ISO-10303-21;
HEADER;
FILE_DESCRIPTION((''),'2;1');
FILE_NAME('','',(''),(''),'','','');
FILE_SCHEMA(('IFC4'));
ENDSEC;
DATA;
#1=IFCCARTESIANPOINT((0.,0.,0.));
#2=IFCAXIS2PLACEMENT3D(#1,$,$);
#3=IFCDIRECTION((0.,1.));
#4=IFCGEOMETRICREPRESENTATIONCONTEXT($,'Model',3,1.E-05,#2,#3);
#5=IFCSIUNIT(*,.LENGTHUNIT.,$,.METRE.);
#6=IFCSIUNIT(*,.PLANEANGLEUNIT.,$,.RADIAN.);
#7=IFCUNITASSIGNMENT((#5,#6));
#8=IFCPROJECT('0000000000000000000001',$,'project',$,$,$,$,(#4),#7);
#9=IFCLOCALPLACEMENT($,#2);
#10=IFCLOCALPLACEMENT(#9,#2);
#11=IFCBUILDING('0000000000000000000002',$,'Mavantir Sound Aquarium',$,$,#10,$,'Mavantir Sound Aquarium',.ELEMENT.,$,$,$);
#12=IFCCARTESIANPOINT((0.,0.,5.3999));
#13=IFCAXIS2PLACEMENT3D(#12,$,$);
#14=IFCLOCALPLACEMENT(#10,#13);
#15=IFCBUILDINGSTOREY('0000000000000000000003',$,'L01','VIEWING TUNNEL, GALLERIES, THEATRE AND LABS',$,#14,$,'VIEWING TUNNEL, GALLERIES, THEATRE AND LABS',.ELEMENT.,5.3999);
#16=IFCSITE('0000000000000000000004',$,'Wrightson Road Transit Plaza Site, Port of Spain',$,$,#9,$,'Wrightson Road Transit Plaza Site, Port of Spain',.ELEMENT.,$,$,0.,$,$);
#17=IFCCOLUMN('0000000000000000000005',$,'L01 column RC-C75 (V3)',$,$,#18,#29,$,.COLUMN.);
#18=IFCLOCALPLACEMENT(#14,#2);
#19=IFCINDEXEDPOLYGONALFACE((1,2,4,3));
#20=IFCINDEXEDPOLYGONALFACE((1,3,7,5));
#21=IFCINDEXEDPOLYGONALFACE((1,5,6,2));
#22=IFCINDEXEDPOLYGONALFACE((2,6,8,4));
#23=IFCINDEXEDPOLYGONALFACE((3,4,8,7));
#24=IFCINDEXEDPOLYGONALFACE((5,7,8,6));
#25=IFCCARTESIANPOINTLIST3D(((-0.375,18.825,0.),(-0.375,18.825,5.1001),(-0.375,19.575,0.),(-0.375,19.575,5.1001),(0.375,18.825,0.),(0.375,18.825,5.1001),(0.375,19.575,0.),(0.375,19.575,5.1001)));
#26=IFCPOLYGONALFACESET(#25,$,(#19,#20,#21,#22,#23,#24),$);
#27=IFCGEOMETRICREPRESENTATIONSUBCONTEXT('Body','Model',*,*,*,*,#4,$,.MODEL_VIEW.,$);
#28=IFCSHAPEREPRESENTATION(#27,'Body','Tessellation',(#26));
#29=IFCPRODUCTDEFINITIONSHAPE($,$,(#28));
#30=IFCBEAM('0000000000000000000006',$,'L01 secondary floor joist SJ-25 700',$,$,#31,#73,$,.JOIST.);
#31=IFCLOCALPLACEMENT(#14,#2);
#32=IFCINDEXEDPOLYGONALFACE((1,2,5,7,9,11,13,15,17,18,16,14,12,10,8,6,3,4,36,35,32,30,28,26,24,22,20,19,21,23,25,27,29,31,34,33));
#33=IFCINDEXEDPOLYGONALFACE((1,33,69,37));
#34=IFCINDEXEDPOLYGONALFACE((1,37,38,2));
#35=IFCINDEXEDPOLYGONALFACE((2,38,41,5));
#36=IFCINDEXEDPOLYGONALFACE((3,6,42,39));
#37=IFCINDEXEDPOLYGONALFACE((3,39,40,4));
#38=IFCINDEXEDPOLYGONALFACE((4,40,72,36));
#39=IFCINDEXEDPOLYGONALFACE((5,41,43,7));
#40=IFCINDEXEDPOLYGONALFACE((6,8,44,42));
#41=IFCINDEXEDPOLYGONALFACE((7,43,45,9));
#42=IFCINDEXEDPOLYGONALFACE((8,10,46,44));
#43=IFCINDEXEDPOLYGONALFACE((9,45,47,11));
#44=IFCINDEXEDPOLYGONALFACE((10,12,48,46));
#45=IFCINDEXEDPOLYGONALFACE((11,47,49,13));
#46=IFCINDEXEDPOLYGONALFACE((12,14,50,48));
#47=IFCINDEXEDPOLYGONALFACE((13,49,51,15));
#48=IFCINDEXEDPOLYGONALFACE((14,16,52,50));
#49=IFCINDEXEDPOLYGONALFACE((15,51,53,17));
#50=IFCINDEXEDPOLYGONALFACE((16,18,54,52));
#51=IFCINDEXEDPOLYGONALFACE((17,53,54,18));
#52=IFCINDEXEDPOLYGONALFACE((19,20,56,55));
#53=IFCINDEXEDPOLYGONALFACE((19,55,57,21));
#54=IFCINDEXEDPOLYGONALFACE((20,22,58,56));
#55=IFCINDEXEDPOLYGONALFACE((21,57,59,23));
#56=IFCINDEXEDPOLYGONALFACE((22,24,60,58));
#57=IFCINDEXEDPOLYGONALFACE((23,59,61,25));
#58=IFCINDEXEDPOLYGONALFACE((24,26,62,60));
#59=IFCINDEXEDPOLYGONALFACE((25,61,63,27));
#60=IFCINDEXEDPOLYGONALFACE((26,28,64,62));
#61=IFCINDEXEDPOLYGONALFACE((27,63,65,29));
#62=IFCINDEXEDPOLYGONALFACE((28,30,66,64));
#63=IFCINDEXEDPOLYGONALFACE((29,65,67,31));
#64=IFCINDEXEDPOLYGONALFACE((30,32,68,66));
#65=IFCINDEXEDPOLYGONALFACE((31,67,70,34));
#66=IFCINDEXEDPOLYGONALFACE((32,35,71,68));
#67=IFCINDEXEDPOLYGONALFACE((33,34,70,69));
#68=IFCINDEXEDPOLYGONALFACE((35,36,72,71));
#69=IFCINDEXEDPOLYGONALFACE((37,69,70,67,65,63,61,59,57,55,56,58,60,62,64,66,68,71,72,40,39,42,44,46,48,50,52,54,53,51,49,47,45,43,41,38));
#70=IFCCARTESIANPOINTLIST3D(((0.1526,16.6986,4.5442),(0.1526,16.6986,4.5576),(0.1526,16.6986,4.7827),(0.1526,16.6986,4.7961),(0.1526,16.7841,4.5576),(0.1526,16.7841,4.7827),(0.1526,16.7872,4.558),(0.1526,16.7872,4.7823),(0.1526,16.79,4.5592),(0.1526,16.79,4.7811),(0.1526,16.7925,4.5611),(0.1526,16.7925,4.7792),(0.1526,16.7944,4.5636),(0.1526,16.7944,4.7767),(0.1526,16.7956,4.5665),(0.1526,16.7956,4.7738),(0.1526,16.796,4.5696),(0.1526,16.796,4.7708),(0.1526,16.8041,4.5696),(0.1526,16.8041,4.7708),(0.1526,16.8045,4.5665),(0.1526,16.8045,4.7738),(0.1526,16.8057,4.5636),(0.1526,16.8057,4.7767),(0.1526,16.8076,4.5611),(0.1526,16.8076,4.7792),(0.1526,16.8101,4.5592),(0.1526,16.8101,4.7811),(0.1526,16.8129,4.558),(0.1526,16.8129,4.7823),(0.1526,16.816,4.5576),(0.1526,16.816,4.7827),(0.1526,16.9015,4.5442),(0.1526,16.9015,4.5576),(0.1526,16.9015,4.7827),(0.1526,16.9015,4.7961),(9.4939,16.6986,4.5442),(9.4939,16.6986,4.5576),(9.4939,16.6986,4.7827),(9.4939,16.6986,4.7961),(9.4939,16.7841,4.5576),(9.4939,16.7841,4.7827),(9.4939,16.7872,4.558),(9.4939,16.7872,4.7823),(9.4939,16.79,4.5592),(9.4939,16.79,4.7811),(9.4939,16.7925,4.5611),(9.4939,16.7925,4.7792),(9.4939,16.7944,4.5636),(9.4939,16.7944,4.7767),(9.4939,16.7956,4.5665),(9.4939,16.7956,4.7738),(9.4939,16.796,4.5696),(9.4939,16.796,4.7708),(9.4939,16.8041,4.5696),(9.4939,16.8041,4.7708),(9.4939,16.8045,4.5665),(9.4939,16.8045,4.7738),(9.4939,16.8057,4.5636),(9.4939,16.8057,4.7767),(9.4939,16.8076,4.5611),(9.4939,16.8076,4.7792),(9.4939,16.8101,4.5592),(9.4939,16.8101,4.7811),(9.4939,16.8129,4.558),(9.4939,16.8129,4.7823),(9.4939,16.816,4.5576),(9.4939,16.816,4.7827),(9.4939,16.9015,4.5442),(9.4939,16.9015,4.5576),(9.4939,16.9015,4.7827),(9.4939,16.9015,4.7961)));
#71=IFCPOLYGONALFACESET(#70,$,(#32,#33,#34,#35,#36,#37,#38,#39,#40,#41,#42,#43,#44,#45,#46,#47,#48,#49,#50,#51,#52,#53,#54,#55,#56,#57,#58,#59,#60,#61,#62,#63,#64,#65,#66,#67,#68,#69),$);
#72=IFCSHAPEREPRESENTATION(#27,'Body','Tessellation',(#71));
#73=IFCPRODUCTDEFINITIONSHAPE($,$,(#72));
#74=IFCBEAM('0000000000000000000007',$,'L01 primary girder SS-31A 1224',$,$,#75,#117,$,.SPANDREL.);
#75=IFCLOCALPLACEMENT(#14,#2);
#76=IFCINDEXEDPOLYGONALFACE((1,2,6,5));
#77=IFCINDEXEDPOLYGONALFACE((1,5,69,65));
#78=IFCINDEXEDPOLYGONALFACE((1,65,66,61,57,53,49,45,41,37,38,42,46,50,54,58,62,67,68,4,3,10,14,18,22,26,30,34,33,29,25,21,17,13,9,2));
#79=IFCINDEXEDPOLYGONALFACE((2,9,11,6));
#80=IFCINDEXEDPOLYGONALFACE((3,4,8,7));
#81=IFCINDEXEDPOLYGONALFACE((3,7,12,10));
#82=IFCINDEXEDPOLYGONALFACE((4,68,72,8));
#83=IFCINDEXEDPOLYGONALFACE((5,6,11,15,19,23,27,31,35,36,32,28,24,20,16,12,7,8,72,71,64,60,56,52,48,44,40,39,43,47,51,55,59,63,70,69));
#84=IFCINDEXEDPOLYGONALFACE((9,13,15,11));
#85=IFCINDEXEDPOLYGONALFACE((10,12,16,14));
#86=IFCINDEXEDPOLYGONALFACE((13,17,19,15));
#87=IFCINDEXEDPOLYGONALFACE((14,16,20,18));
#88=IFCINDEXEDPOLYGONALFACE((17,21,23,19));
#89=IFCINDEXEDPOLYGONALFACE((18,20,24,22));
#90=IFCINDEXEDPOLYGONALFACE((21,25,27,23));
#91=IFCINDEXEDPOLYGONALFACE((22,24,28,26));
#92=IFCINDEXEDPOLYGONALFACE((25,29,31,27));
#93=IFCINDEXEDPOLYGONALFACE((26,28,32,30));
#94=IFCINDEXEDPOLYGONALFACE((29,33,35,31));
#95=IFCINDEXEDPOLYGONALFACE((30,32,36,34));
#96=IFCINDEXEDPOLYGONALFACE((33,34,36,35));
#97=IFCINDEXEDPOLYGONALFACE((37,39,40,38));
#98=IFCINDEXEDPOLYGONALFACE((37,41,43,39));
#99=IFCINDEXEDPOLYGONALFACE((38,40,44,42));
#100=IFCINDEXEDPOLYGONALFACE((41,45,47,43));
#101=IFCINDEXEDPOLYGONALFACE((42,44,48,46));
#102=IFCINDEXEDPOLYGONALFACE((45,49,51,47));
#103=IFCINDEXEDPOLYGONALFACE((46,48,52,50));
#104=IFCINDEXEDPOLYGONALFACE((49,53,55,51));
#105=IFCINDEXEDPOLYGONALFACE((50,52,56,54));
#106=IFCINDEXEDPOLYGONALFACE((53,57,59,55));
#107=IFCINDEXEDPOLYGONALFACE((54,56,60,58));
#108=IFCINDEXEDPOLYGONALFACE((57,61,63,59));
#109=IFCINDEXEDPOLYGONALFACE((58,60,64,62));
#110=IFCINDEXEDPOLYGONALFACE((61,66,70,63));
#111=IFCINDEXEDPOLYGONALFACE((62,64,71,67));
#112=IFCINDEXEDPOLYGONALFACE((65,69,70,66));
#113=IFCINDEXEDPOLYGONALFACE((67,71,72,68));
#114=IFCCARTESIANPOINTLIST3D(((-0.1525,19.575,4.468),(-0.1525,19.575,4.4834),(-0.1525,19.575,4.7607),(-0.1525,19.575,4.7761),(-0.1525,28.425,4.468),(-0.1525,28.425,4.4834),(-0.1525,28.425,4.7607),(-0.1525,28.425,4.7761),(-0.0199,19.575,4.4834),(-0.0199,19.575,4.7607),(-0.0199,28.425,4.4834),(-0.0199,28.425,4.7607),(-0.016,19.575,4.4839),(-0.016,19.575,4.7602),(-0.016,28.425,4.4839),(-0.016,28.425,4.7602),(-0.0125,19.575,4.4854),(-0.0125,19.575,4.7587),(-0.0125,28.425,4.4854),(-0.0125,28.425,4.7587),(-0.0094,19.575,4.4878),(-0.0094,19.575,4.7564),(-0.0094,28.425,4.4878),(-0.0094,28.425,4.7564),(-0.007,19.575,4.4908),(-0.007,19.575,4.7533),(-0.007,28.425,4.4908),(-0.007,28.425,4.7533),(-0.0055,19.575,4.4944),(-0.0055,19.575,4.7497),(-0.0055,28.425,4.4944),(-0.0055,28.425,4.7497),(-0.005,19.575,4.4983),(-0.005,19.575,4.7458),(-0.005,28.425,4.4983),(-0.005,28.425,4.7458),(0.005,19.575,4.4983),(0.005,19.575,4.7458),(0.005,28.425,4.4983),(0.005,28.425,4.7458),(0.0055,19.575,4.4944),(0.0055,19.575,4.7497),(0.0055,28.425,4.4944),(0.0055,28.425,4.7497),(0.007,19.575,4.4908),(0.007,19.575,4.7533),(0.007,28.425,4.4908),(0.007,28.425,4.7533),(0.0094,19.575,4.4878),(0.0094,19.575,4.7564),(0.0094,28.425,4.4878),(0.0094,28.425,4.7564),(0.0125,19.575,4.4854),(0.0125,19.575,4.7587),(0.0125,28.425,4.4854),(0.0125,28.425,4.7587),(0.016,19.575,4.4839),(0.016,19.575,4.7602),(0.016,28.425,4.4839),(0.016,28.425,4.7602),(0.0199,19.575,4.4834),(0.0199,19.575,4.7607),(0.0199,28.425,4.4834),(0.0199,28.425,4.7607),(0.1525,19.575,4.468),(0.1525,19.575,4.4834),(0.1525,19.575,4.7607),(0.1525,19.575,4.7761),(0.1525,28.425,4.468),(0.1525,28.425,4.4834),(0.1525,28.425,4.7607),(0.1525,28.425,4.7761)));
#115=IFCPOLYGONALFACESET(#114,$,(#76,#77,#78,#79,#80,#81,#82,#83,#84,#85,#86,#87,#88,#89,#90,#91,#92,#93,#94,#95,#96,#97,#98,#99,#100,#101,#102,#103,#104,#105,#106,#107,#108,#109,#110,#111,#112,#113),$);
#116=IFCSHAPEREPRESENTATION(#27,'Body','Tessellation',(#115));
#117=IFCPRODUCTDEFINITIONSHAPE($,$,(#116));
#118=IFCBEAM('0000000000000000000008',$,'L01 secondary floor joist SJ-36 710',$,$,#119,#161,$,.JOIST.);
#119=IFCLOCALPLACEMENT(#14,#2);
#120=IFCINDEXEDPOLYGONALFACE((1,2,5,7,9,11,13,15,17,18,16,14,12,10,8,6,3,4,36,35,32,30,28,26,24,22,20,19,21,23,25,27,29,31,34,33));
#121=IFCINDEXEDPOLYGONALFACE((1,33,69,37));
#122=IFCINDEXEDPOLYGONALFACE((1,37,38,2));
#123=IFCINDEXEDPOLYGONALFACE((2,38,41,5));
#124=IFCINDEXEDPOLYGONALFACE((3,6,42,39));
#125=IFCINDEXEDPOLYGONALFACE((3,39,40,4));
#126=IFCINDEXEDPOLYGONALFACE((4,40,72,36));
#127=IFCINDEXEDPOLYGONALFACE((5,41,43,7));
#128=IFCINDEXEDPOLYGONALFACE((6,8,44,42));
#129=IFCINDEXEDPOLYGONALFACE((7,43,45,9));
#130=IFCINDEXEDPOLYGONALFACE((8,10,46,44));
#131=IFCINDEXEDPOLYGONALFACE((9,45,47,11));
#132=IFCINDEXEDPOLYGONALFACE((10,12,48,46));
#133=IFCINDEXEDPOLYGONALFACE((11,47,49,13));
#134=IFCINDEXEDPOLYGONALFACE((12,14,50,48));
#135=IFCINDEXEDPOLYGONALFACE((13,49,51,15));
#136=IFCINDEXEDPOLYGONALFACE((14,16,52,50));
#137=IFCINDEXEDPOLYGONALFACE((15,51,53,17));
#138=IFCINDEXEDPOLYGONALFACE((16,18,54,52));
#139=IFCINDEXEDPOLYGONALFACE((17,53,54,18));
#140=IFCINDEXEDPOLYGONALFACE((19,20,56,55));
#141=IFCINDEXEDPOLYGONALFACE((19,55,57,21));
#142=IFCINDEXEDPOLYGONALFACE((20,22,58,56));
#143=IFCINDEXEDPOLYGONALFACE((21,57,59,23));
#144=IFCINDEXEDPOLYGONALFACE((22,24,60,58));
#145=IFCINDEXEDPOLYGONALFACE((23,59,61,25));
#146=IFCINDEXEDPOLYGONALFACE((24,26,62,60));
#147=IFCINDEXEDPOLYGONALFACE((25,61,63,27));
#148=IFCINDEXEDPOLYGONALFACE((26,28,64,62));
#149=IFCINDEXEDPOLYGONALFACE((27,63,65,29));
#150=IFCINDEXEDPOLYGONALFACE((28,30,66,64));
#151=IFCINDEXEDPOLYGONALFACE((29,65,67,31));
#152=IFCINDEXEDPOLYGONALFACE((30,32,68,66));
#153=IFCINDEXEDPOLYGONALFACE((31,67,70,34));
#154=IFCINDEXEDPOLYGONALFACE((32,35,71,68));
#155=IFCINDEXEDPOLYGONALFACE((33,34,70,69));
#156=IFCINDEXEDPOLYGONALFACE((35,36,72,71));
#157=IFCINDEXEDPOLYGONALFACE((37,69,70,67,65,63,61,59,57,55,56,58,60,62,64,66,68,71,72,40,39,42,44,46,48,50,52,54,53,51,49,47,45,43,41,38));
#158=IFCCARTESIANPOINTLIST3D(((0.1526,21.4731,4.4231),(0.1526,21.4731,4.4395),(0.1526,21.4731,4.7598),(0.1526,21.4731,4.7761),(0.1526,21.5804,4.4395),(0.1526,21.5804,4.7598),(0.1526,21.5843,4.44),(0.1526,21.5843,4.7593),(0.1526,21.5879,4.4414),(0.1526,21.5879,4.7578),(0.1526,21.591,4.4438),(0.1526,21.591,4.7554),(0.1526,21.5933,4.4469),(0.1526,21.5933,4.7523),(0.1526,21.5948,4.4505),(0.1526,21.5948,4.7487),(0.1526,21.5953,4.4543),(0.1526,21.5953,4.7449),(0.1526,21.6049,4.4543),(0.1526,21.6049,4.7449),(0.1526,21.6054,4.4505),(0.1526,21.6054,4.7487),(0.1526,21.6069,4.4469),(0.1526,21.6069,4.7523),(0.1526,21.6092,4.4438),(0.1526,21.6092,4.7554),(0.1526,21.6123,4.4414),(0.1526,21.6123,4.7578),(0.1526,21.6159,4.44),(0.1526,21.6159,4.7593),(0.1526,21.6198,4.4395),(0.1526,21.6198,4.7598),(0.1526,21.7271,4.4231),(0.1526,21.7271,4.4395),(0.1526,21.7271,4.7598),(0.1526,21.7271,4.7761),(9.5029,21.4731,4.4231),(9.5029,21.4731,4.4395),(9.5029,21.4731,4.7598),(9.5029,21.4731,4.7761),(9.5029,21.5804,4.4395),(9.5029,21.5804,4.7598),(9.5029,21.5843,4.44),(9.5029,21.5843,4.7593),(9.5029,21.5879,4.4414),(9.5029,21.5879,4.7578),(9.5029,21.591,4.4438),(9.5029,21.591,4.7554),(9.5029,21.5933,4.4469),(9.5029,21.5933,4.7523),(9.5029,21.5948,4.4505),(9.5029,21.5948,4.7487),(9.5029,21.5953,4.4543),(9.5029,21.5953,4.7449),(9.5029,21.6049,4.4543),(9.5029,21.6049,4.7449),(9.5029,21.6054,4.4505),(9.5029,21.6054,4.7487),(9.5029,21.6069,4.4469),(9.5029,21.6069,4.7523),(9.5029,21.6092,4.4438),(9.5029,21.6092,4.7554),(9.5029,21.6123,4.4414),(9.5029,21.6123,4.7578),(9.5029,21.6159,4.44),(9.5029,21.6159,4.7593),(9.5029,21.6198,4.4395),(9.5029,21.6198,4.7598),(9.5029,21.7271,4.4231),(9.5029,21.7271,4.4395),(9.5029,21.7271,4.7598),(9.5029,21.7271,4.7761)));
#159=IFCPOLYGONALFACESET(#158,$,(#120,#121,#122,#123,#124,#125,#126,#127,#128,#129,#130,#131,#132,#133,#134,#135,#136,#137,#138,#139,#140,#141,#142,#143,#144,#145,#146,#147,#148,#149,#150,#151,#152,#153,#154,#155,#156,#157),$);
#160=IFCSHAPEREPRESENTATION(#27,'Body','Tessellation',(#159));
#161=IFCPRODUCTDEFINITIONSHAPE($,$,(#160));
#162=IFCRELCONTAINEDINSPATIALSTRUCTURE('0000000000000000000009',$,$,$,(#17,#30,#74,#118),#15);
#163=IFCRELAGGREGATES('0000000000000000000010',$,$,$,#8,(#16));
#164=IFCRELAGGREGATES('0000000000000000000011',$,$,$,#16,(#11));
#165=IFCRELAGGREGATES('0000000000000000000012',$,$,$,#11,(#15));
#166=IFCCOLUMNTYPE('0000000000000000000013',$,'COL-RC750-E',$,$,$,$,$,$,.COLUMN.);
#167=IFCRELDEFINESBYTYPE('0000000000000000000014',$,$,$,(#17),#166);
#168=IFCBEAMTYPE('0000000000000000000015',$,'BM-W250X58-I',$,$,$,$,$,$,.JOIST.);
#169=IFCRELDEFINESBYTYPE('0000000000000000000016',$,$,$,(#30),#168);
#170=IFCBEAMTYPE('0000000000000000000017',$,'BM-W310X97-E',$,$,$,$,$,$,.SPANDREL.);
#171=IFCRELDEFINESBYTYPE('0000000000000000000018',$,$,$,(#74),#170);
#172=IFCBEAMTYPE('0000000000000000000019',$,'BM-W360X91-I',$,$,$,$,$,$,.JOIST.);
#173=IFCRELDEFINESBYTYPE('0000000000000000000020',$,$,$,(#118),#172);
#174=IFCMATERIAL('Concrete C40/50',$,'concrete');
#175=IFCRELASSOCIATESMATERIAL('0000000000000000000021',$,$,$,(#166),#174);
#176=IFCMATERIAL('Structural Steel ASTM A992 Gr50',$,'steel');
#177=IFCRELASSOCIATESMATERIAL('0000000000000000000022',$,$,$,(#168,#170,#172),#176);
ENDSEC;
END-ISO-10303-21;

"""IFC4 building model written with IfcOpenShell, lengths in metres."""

from ifc_helpers import new_model, si_unit, direction, frame, origin, origin_2d, place, context, subcontext, project, spatial, rectangle, i_section, extrude, material, material_profile, profile_set, type_object, element, save


model = new_model("IFC4")

# Units and contexts
model_context = context("Model", 3, precision=1e-05, world=origin(), true_north=direction((0.0, 1.0)))
body_context = subcontext(model_context, "Body", "Model", "MODEL_VIEW")
ifc_project = project(units=[si_unit("LENGTHUNIT", "METRE"), si_unit("PLANEANGLEUNIT", "RADIAN")], contexts=[model_context])

# Site, building, storey
site_placement = place(None, origin())
site = spatial("IfcSite", under=ifc_project, at=site_placement, Name="Wrightson Road Transit Plaza Site, Port of Spain", LongName="Wrightson Road Transit Plaza Site, Port of Spain", CompositionType="ELEMENT", RefElevation=0.0)
building_placement = place(site_placement, origin())
building = spatial("IfcBuilding", under=site, at=building_placement, Name="Mavantir Sound Aquarium", LongName="Mavantir Sound Aquarium", CompositionType="ELEMENT")
storey_placement = place(building_placement, frame((0.0, 0.0, 5.3999)))
storey = spatial("IfcBuildingStorey", under=building, at=storey_placement, Name="L01", Description="VIEWING TUNNEL, GALLERIES, THEATRE AND LABS", LongName="VIEWING TUNNEL, GALLERIES, THEATRE AND LABS", CompositionType="ELEMENT", Elevation=5.3999)

# Column
ifc_material_1 = material(Name="Concrete C40/50", Category="concrete")
ifc_material_profile_1 = material_profile(ifc_material_1, rectangle(XDim=0.75, YDim=0.75, at=origin_2d()), Name="RC 750X750")
ifc_profile_set_1 = profile_set([ifc_material_profile_1], Name="Concrete C40/50")
column_type = type_object("IfcColumnType", Name="COL-RC750-E", PredefinedType="COLUMN", material=ifc_profile_set_1)
column_placement = place(storey_placement, frame((0.0, 19.2, 0.0), z_axis=(0.0, 0.0, 1.0), x_axis=(1.0, 0.0, 0.0)))
element("IfcColumn", 1, at=column_placement, inside=storey, type_object=column_type, Name="L01 column RC-C75 (V3)", PredefinedType="COLUMN", context=body_context, shape_type="SweptSolid", body=[
    extrude(rectangle(XDim=0.75, YDim=0.75, at=origin_2d()), origin(), (0.0, 0.0, 1.0), 5.1001),
])

# Beams
ifc_material_2 = material(Name="Structural Steel ASTM A992 Gr50", Category="steel")
ifc_material_profile_2 = material_profile(ifc_material_2, i_section(OverallWidth=0.2029, OverallDepth=0.252, WebThickness=0.0081, FlangeThickness=0.0134, FilletRadius=0.012, at=origin_2d()), Name="W250X58")
ifc_profile_set_2 = profile_set([ifc_material_profile_2], Name="Structural Steel ASTM A992 Gr50")
beam_type_1 = type_object("IfcBeamType", Name="BM-W250X58-I", PredefinedType="JOIST", material=ifc_profile_set_2)
beam_1_placement = place(storey_placement, frame((0.1526, 16.8, 4.6702), z_axis=(1.0, 0.0, 0.0), x_axis=(0.0, 1.0, 0.0)))
element("IfcBeam", 2, at=beam_1_placement, inside=storey, type_object=beam_type_1, Name="L01 secondary floor joist SJ-25 700", PredefinedType="JOIST", context=body_context, shape_type="SweptSolid", body=[
    extrude(i_section(OverallWidth=0.2029, OverallDepth=0.252, WebThickness=0.0081, FlangeThickness=0.0134, FilletRadius=0.012, at=origin_2d()), origin(), (0.0, 0.0, 1.0), 9.3413),
])
ifc_material_profile_3 = material_profile(ifc_material_2, i_section(OverallWidth=0.3049, OverallDepth=0.3081, WebThickness=0.01, FlangeThickness=0.0154, FilletRadius=0.0149, at=origin_2d()), Name="W310X97")
ifc_profile_set_3 = profile_set([ifc_material_profile_3], Name="Structural Steel ASTM A992 Gr50")
beam_type_2 = type_object("IfcBeamType", Name="BM-W310X97-E", PredefinedType="SPANDREL", material=ifc_profile_set_3)
beam_2_placement = place(storey_placement, frame((0.0, 19.575, 4.6221), z_axis=(0.0, 1.0, 0.0), x_axis=(-1.0, 0.0, 0.0)))
element("IfcBeam", 3, at=beam_2_placement, inside=storey, type_object=beam_type_2, Name="L01 primary girder SS-31A 1224", PredefinedType="SPANDREL", context=body_context, shape_type="SweptSolid", body=[
    extrude(i_section(OverallWidth=0.3049, OverallDepth=0.3081, WebThickness=0.01, FlangeThickness=0.0154, FilletRadius=0.0149, at=origin_2d()), origin(), (0.0, 0.0, 1.0), 8.8501),
])
ifc_material_profile_4 = material_profile(ifc_material_2, i_section(OverallWidth=0.2539, OverallDepth=0.353, WebThickness=0.0095, FlangeThickness=0.0164, FilletRadius=0.0149, at=origin_2d()), Name="W360X91")
ifc_profile_set_4 = profile_set([ifc_material_profile_4], Name="Structural Steel ASTM A992 Gr50")
beam_type_3 = type_object("IfcBeamType", Name="BM-W360X91-I", PredefinedType="JOIST", material=ifc_profile_set_4)
beam_3_placement = place(storey_placement, frame((0.1526, 21.6001, 4.5996), z_axis=(1.0, 0.0, 0.0), x_axis=(0.0, 1.0, 0.0)))
element("IfcBeam", 4, at=beam_3_placement, inside=storey, type_object=beam_type_3, Name="L01 secondary floor joist SJ-36 710", PredefinedType="JOIST", context=body_context, shape_type="SweptSolid", body=[
    extrude(i_section(OverallWidth=0.2539, OverallDepth=0.353, WebThickness=0.0095, FlangeThickness=0.0164, FilletRadius=0.0149, at=origin_2d()), origin(), (0.0, 0.0, 1.0), 9.3503),
])

save(model, "model.ifc")
